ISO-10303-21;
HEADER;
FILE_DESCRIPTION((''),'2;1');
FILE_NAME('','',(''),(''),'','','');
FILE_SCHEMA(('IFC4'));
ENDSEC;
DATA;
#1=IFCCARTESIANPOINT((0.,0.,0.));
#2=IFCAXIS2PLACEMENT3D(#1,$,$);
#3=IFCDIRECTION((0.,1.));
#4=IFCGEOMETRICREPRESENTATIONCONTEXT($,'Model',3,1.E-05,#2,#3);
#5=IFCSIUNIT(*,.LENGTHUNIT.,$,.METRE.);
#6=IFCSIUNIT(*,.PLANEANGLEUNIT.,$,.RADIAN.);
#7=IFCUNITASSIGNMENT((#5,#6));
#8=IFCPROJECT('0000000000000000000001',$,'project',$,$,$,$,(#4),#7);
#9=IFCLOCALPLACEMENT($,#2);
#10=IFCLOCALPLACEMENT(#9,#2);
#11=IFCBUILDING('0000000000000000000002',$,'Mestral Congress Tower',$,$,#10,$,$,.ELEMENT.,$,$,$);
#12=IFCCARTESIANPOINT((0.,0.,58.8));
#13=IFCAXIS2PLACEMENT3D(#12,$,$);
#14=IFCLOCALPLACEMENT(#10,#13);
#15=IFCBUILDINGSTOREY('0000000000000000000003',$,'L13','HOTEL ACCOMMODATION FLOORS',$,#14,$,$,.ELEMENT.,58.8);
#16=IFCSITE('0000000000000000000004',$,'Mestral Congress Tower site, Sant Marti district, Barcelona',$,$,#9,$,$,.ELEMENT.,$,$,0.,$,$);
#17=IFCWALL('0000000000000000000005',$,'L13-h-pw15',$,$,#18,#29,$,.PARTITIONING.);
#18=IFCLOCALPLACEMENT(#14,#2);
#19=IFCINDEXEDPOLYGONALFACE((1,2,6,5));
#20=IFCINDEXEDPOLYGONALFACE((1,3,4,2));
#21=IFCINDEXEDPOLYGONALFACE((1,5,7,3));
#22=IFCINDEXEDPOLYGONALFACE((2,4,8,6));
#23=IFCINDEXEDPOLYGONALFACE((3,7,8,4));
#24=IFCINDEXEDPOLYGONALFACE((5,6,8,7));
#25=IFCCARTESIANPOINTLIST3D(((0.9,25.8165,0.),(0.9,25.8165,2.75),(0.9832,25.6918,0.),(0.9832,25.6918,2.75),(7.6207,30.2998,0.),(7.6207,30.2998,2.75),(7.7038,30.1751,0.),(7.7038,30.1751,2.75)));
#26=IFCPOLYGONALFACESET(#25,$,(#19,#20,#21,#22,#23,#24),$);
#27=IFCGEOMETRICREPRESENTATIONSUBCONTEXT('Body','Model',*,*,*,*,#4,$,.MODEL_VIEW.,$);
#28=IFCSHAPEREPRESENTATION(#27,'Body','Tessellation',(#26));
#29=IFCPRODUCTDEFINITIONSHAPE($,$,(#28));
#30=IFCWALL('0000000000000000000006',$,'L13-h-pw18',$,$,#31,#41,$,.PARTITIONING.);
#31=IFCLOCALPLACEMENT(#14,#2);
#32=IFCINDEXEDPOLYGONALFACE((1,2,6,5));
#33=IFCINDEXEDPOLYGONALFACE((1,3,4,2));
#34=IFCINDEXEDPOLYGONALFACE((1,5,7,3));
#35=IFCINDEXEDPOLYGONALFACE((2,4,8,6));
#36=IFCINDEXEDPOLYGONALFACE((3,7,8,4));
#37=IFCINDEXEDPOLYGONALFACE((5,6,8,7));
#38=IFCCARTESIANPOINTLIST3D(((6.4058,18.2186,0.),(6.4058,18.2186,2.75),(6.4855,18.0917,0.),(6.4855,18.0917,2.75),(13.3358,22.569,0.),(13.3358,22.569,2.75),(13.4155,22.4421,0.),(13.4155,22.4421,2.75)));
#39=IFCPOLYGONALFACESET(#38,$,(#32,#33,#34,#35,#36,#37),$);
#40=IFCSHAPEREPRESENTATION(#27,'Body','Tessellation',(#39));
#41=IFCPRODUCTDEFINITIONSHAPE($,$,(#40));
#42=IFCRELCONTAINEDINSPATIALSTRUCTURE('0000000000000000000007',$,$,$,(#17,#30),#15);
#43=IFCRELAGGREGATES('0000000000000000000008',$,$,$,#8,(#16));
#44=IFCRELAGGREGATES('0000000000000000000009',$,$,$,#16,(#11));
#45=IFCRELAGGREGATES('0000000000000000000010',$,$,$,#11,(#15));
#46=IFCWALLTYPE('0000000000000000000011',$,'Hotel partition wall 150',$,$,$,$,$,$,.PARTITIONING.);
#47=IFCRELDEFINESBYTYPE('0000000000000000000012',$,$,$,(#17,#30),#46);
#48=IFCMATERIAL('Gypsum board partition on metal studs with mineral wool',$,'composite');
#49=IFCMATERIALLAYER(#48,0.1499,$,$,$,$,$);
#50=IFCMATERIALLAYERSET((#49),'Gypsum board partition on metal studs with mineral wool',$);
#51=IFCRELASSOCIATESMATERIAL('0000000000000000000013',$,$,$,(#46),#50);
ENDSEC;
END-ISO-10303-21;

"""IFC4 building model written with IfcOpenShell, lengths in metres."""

from ifc_helpers import new_model, si_unit, direction, frame, frame_2d, origin, place, context, subcontext, project, spatial, rectangle, extrude, material, layer, layer_set, type_object, element, save


model = new_model("IFC4")

# Units and contexts
model_context = context("Model", 3, precision=1e-05, world=origin(), true_north=direction((0.0, 1.0)))
body_context = subcontext(model_context, "Body", "Model", "MODEL_VIEW")
ifc_project = project(units=[si_unit("LENGTHUNIT", "METRE"), si_unit("PLANEANGLEUNIT", "RADIAN")], contexts=[model_context])

# Site, building, storey
site_placement = place(None, origin())
site = spatial("IfcSite", under=ifc_project, at=site_placement, Name="Mestral Congress Tower site, Sant Marti district, Barcelona", CompositionType="ELEMENT", RefElevation=0.0)
building_placement = place(site_placement, origin())
building = spatial("IfcBuilding", under=site, at=building_placement, Name="Mestral Congress Tower", CompositionType="ELEMENT")
storey_placement = place(building_placement, frame((0.0, 0.0, 58.8)))
storey = spatial("IfcBuildingStorey", under=building, at=storey_placement, Name="L13", Description="HOTEL ACCOMMODATION FLOORS", CompositionType="ELEMENT", Elevation=58.8)

# Shared definitions
ifc_material_1 = material(Name="Gypsum board partition on metal studs with mineral wool", Category="composite")

# Walls
ifc_layer_1 = layer(ifc_material_1, 0.1499)
ifc_layer_set_1 = layer_set([ifc_layer_1], Name="Gypsum board partition on metal studs with mineral wool")
wall_type_1 = type_object("IfcWallType", Name="Hotel partition wall 150", PredefinedType="PARTITIONING", material=ifc_layer_set_1)
wall_1_placement = place(storey_placement, frame((7.6624, 30.2375, 0.0), z_axis=(0.0, 0.0, 1.0), x_axis=(-0.831883, -0.554951, 0.0)))
element("IfcWall", 1, at=wall_1_placement, inside=storey, type_object=wall_type_1, Name="L13-h-pw15", PredefinedType="PARTITIONING", context=body_context, shape_type="SweptSolid", body=[
    extrude(rectangle(XDim=8.0789, YDim=0.1499, at=frame_2d((4.0396, 0.0))), origin(), (0.0, 0.0, 1.0), 2.75),
])
wall_2_placement = place(storey_placement, frame((13.3757, 22.5056, 0.0), z_axis=(0.0, 0.0, 1.0), x_axis=(-0.846946, -0.53168, 0.0)))
element("IfcWall", 2, at=wall_2_placement, inside=storey, type_object=wall_type_1, Name="L13-h-pw18", PredefinedType="PARTITIONING", context=body_context, shape_type="SweptSolid", body=[
    extrude(rectangle(XDim=8.1824, YDim=0.1499, at=frame_2d((4.0913, 0.0))), origin(), (0.0, 0.0, 1.0), 2.75),
])

save(model, "model.ifc")
